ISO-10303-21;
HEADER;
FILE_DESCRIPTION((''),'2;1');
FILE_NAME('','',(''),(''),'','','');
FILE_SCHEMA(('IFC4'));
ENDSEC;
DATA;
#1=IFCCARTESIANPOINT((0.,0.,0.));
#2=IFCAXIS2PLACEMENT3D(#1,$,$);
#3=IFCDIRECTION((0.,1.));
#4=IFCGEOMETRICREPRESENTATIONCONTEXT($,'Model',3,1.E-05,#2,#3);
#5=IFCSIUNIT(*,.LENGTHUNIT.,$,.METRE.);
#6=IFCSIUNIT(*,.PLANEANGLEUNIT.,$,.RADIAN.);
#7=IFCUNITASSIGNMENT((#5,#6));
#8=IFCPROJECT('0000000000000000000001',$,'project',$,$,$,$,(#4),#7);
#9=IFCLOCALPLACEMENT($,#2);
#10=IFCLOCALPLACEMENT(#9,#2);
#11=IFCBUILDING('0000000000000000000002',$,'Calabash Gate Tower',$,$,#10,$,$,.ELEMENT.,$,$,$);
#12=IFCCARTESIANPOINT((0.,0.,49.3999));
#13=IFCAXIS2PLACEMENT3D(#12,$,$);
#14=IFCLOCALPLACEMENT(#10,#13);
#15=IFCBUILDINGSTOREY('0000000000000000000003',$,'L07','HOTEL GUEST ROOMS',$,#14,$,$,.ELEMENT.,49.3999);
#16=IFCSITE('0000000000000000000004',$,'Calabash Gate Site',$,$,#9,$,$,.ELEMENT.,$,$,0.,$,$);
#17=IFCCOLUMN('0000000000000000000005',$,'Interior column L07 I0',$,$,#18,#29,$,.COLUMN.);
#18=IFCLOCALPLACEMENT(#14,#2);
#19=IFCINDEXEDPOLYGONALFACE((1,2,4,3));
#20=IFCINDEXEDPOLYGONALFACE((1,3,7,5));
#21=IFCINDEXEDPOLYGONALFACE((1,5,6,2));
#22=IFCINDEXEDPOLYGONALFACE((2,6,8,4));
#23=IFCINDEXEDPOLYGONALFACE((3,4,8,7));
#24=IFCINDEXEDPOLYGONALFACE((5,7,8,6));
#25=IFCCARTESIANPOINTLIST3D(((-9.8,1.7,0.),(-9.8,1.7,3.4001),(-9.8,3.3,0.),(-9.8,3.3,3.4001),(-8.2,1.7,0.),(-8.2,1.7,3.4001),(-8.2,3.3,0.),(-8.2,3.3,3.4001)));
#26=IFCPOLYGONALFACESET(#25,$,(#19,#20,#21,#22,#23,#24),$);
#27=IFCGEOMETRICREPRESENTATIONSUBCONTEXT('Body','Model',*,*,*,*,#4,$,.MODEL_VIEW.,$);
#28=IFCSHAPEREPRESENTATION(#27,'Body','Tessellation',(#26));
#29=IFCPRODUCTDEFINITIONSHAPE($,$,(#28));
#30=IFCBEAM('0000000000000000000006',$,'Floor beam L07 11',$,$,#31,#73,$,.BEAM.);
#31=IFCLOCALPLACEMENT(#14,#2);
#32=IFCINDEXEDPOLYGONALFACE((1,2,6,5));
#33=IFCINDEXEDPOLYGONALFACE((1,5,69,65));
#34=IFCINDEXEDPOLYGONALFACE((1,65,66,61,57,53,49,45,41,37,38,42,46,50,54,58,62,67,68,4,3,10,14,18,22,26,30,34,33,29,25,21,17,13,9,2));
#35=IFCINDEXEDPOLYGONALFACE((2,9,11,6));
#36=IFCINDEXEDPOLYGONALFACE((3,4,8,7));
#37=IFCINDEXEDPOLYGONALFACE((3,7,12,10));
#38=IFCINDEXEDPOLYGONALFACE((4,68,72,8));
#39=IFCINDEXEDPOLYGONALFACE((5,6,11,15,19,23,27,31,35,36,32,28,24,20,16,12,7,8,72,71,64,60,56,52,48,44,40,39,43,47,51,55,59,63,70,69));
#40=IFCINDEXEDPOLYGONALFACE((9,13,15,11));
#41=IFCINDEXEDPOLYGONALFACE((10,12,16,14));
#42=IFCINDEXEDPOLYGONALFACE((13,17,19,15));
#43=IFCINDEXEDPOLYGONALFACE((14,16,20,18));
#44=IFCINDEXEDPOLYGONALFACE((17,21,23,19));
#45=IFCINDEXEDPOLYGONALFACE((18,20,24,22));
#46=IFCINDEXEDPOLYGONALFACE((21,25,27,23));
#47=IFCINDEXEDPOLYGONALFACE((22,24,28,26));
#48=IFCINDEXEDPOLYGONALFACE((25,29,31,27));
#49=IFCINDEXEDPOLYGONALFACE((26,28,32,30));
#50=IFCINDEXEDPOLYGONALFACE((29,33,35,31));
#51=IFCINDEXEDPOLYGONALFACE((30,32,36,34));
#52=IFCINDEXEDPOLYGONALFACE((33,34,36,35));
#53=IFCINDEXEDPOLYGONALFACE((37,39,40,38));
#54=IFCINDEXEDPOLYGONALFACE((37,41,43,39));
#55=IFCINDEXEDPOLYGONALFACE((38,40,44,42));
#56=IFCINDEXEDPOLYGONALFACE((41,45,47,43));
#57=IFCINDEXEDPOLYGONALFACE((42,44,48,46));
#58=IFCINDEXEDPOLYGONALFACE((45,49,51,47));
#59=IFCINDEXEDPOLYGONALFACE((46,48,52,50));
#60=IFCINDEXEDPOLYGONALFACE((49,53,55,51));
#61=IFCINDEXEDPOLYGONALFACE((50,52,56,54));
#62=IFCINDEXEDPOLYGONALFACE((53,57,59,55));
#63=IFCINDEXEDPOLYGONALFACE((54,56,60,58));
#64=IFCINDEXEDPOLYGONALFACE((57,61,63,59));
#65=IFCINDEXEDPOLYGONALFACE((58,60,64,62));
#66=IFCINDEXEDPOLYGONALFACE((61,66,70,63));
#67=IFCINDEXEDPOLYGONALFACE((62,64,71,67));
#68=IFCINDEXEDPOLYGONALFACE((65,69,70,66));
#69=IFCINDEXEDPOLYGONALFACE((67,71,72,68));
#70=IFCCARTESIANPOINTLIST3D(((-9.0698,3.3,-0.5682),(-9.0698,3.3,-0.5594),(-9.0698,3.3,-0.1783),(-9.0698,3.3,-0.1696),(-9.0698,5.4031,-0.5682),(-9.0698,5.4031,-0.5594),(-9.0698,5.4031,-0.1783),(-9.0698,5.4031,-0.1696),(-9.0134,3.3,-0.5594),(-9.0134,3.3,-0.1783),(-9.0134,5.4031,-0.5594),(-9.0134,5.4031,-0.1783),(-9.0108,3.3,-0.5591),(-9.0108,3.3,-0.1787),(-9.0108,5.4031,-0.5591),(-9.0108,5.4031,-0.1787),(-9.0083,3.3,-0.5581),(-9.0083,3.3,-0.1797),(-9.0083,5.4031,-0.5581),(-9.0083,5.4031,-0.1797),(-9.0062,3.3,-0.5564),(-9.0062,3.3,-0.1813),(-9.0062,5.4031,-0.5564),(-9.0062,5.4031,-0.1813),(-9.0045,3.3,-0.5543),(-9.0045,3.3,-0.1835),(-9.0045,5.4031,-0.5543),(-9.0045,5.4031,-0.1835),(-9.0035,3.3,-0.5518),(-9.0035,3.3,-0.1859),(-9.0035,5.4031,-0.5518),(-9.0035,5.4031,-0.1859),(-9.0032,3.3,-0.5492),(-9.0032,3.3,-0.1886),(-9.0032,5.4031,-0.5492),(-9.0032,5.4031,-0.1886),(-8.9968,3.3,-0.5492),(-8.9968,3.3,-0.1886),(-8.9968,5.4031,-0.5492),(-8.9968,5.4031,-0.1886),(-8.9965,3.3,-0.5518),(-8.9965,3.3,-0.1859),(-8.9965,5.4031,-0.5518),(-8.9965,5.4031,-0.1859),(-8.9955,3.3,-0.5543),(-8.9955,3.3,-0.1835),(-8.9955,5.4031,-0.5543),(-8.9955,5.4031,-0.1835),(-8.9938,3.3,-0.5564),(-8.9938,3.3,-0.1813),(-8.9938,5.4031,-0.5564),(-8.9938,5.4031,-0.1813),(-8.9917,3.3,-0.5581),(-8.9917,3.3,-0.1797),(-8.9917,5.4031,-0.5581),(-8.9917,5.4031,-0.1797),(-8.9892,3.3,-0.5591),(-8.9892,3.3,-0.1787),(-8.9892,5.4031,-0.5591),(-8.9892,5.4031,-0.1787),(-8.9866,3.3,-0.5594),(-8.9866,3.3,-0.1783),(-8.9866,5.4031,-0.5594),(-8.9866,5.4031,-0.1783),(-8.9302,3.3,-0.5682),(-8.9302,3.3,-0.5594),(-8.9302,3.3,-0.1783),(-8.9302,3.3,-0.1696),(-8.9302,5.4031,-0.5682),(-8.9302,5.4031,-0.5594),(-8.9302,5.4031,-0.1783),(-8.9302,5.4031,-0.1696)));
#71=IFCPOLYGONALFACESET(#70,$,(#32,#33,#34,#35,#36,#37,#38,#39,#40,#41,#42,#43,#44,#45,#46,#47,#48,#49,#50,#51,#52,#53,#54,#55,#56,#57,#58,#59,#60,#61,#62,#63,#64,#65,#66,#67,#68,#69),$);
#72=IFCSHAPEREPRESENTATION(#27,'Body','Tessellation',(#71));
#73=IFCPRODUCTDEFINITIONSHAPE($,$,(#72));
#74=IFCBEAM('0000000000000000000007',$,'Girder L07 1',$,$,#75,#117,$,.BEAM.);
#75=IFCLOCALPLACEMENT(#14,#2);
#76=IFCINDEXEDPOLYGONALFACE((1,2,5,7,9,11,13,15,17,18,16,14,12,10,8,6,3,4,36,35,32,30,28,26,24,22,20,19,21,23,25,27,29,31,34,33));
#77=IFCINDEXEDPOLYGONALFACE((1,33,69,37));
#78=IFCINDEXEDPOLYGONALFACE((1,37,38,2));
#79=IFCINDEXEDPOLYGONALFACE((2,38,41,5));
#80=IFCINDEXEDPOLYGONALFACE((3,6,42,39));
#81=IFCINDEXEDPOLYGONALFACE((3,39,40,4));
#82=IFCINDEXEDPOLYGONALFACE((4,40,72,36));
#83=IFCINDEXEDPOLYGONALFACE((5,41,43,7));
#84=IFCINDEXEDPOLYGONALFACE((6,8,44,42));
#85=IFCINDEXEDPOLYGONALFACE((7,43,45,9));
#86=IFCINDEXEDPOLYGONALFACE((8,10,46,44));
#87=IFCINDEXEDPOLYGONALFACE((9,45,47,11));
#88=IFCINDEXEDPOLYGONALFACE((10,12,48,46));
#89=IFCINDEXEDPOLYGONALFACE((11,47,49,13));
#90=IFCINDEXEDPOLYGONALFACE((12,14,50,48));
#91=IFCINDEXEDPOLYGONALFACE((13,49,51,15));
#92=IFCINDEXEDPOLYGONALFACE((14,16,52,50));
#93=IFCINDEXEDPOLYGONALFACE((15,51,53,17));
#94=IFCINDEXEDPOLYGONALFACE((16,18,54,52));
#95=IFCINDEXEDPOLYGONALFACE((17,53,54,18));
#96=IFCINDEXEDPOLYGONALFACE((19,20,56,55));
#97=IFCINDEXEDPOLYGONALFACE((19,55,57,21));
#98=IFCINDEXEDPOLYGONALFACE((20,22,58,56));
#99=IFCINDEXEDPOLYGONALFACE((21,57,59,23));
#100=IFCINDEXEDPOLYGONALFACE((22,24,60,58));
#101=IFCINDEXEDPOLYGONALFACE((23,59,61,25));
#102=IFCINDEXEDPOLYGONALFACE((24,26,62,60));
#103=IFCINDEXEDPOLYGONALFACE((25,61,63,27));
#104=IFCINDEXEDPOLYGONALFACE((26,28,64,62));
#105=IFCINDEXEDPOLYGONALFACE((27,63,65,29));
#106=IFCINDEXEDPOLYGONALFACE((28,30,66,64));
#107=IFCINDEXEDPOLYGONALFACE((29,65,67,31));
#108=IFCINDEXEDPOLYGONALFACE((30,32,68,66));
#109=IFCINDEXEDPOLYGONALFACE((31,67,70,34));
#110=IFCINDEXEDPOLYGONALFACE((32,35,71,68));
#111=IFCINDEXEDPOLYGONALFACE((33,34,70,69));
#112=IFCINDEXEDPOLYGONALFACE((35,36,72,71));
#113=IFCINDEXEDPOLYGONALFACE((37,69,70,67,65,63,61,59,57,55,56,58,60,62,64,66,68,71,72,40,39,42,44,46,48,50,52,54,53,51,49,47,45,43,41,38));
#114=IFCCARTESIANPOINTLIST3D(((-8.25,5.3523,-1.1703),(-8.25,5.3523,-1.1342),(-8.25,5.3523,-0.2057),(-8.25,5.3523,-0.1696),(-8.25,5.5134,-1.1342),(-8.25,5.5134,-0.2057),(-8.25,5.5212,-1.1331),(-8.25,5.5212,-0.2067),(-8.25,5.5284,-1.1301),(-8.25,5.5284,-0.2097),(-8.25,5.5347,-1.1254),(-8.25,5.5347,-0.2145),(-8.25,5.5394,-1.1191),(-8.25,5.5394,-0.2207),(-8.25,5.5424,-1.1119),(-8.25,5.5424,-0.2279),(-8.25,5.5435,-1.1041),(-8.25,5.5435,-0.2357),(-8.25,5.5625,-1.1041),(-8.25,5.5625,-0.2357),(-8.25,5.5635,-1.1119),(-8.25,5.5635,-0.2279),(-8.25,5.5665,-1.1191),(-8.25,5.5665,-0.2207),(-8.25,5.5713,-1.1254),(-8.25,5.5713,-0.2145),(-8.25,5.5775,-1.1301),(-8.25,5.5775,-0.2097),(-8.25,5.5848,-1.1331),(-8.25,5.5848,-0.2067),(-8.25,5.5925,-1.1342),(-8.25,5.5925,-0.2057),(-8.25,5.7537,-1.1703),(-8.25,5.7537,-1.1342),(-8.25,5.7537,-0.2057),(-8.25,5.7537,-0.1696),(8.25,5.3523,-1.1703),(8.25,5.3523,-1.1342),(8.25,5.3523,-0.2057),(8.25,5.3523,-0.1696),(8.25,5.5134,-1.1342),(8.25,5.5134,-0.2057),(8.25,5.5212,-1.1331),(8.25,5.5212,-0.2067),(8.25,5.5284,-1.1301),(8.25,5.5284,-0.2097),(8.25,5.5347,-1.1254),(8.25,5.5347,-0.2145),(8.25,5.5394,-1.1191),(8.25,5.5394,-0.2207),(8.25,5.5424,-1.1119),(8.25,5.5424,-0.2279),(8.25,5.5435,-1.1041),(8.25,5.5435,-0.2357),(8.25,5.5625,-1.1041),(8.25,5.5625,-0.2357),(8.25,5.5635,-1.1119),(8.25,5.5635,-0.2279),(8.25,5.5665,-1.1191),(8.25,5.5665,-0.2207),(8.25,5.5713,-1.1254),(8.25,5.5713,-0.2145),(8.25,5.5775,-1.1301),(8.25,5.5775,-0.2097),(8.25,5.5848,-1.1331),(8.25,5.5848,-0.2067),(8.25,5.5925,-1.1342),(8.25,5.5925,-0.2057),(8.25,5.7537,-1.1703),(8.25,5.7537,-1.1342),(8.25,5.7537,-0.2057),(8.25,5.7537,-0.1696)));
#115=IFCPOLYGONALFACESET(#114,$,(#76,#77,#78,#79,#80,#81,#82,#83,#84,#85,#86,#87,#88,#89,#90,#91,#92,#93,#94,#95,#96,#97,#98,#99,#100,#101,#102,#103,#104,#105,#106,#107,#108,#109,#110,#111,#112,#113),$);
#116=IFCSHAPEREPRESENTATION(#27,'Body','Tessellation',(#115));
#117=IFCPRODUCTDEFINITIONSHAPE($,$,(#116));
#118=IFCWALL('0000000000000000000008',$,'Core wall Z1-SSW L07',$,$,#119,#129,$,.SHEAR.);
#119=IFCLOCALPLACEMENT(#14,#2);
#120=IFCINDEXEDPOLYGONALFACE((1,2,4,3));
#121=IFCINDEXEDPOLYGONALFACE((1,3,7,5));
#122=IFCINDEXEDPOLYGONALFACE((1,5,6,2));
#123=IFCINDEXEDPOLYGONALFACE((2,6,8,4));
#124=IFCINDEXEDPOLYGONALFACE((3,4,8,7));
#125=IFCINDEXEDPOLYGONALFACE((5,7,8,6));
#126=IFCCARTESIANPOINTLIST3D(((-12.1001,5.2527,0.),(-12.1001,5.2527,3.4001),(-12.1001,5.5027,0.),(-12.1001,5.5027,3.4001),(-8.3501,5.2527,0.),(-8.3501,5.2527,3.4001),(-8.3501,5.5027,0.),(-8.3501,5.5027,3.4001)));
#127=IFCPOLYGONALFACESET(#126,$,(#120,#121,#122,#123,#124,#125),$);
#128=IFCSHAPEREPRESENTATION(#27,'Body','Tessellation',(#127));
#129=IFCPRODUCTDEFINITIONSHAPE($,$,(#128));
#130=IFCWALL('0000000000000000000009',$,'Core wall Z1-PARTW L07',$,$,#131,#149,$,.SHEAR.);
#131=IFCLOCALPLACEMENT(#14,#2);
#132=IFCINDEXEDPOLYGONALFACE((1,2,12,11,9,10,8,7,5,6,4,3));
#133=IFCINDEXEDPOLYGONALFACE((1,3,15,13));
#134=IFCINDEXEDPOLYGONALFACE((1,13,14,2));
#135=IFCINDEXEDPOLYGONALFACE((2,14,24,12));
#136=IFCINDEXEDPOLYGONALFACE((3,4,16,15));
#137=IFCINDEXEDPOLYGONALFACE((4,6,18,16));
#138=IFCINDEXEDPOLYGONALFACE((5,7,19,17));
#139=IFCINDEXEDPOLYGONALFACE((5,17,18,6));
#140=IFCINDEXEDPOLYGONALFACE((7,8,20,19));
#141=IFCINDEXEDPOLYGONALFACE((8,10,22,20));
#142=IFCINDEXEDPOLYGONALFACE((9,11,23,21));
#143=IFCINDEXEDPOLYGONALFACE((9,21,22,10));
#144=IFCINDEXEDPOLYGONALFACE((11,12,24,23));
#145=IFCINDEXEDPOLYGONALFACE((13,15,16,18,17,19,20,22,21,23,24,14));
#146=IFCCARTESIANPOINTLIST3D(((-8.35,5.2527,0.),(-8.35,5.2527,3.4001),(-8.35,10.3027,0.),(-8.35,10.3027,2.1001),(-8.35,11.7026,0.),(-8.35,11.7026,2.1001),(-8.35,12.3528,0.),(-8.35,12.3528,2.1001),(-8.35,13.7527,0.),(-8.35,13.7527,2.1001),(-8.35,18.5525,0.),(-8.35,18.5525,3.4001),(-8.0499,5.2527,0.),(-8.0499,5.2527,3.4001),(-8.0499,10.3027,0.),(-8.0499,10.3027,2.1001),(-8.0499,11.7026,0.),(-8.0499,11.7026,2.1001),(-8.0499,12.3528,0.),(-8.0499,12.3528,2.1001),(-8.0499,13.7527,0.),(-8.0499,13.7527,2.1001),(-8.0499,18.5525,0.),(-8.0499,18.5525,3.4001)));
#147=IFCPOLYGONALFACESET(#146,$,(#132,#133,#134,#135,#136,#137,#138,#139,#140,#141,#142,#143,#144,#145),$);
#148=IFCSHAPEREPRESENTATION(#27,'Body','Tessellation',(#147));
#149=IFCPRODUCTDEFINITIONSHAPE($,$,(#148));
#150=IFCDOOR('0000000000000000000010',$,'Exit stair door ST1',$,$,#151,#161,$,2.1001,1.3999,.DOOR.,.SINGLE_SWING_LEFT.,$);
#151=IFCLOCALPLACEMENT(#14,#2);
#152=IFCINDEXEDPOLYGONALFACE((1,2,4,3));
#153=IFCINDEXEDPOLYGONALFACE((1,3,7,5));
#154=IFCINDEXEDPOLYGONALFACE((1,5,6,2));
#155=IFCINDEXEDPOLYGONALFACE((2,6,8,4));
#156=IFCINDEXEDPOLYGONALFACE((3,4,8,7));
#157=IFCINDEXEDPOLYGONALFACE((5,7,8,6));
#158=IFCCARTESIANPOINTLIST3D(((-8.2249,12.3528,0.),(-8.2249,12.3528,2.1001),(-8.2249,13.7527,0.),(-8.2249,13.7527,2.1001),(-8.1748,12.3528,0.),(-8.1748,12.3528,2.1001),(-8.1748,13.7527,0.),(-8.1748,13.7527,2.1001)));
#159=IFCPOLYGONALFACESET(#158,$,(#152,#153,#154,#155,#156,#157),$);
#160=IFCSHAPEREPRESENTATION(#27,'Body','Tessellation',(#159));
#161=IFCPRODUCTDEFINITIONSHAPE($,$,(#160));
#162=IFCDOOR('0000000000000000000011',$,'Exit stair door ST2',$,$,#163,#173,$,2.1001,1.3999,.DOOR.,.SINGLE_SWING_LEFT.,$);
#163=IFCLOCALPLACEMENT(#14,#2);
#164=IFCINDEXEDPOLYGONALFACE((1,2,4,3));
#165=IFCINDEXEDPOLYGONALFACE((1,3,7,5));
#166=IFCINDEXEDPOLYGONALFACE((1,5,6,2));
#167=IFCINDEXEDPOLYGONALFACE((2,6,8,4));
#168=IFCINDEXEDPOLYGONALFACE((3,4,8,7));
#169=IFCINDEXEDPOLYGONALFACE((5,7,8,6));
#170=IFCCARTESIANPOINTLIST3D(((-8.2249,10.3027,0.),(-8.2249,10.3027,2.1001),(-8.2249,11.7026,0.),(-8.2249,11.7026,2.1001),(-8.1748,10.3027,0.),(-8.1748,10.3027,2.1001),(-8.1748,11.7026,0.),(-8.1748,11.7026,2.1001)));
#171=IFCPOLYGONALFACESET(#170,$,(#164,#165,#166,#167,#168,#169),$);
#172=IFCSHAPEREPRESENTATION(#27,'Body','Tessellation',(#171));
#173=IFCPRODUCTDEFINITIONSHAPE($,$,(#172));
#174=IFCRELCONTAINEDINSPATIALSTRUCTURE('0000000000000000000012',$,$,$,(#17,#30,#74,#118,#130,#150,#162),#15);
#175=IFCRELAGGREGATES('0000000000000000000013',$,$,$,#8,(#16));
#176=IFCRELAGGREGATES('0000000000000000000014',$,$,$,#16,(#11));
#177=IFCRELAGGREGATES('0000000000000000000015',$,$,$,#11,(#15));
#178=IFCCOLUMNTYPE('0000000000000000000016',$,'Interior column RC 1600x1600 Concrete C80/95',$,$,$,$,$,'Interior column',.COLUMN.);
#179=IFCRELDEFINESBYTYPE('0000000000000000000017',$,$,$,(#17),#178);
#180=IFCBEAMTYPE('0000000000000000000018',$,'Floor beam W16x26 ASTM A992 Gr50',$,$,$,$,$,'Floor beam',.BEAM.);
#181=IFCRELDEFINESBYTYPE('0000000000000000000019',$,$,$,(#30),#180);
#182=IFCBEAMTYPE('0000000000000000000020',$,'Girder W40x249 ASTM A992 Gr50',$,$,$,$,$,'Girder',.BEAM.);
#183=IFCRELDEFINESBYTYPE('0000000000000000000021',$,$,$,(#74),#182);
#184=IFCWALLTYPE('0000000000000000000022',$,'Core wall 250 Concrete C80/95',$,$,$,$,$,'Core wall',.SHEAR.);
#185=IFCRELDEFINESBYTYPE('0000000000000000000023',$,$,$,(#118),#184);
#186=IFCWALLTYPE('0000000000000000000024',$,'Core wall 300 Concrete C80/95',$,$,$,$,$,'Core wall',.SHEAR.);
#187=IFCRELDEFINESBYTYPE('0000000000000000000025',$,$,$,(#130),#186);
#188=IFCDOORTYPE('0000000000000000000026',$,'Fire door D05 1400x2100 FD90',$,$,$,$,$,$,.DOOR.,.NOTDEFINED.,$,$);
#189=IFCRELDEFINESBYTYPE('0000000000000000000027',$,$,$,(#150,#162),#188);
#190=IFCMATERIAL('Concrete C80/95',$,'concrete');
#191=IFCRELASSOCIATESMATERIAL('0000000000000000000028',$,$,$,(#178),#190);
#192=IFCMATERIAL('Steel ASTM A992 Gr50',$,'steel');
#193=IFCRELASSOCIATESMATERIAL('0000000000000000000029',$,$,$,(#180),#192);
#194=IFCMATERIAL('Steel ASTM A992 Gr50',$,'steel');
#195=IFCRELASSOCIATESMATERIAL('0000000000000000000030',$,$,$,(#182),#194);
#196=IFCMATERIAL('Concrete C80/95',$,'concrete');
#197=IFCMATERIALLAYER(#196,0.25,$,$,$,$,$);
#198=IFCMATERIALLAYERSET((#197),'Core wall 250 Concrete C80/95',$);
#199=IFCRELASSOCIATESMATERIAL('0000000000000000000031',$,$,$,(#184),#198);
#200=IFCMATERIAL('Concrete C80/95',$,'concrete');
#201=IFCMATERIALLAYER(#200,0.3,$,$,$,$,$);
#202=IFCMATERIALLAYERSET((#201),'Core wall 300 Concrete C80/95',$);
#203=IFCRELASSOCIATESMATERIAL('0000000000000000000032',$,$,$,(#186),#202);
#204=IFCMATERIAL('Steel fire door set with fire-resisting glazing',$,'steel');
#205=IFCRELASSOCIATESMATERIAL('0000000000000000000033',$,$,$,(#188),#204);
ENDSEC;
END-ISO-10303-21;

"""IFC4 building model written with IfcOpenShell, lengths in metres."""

from ifc_helpers import new_model, si_unit, direction, frame, frame_2d, origin, origin_2d, place, context, subcontext, project, spatial, rectangle, i_section, extrude, material, layer, layer_set, material_profile, profile_set, type_object, element, fill, save


model = new_model("IFC4")

# Units and contexts
model_context = context("Model", 3, precision=1e-05, world=origin(), true_north=direction((0.0, 1.0)))
body_context = subcontext(model_context, "Body", "Model", "MODEL_VIEW")
ifc_project = project(units=[si_unit("LENGTHUNIT", "METRE"), si_unit("PLANEANGLEUNIT", "RADIAN")], contexts=[model_context])

# Site, building, storey
site_placement = place(None, origin())
site = spatial("IfcSite", under=ifc_project, at=site_placement, Name="Calabash Gate Site", CompositionType="ELEMENT", RefElevation=0.0)
building_placement = place(site_placement, origin())
building = spatial("IfcBuilding", under=site, at=building_placement, Name="Calabash Gate Tower", CompositionType="ELEMENT")
storey_placement = place(building_placement, frame((0.0, 0.0, 49.3999)))
storey = spatial("IfcBuildingStorey", under=building, at=storey_placement, Name="L07", Description="HOTEL GUEST ROOMS", CompositionType="ELEMENT", Elevation=49.3999)

# Column
ifc_material_1 = material(Name="Concrete C80/95", Category="concrete")
ifc_material_profile_1 = material_profile(ifc_material_1, rectangle(XDim=1.6001, YDim=1.6001, at=origin_2d()))
ifc_profile_set_1 = profile_set([ifc_material_profile_1], Name="Concrete C80/95")
column_type = type_object("IfcColumnType", Name="Interior column RC 1600x1600 Concrete C80/95", ElementType="Interior column", PredefinedType="COLUMN", material=ifc_profile_set_1)
column_placement = place(storey_placement, frame((-9.0, 2.5, 0.0), z_axis=(0.0, 0.0, 1.0), x_axis=(1.0, 0.0, 0.0)))
element("IfcColumn", 1, at=column_placement, inside=storey, type_object=column_type, Name="Interior column L07 I0", PredefinedType="COLUMN", context=body_context, shape_type="SweptSolid", body=[
    extrude(rectangle(XDim=1.6001, YDim=1.6001, at=origin_2d()), origin(), (0.0, 0.0, 1.0), 3.4001),
])

# Beams
ifc_material_2 = material(Name="Steel ASTM A992 Gr50", Category="steel")
ifc_material_profile_2 = material_profile(ifc_material_2, i_section(OverallWidth=0.1396, OverallDepth=0.3987, WebThickness=0.0063, FlangeThickness=0.0088, FilletRadius=0.0103, at=origin_2d()))
ifc_profile_set_2 = profile_set([ifc_material_profile_2], Name="Steel ASTM A992 Gr50")
beam_type_1 = type_object("IfcBeamType", Name="Floor beam W16x26 ASTM A992 Gr50", ElementType="Floor beam", PredefinedType="BEAM", material=ifc_profile_set_2)
beam_1_placement = place(storey_placement, frame((-9.0, 3.3, -0.3689), z_axis=(0.0, 1.0, 0.0), x_axis=(-1.0, 0.0, 0.0)))
element("IfcBeam", 2, at=beam_1_placement, inside=storey, type_object=beam_type_1, Name="Floor beam L07 11", PredefinedType="BEAM", context=body_context, shape_type="SweptSolid", body=[
    extrude(i_section(OverallWidth=0.1396, OverallDepth=0.3987, WebThickness=0.0063, FlangeThickness=0.0088, FilletRadius=0.0103, at=origin_2d()), origin(), (0.0, 0.0, 1.0), 2.103),
])
ifc_material_3 = material(Name="Steel ASTM A992 Gr50", Category="steel")
ifc_material_profile_3 = material_profile(ifc_material_3, i_section(OverallWidth=0.4014, OverallDepth=1.0007, WebThickness=0.019, FlangeThickness=0.0361, FilletRadius=0.03, at=origin_2d()))
ifc_profile_set_3 = profile_set([ifc_material_profile_3], Name="Steel ASTM A992 Gr50")
beam_type_2 = type_object("IfcBeamType", Name="Girder W40x249 ASTM A992 Gr50", ElementType="Girder", PredefinedType="BEAM", material=ifc_profile_set_3)
beam_2_placement = place(storey_placement, frame((-8.25, 5.553, -0.6699), z_axis=(1.0, 0.0, 0.0), x_axis=(0.0, 1.0, 0.0)))
element("IfcBeam", 3, at=beam_2_placement, inside=storey, type_object=beam_type_2, Name="Girder L07 1", PredefinedType="BEAM", context=body_context, shape_type="SweptSolid", body=[
    extrude(i_section(OverallWidth=0.4014, OverallDepth=1.0007, WebThickness=0.019, FlangeThickness=0.0361, FilletRadius=0.03, at=origin_2d()), origin(), (0.0, 0.0, 1.0), 16.5),
])

# Wall
ifc_material_4 = material(Name="Concrete C80/95", Category="concrete")
ifc_layer_1 = layer(ifc_material_4, 0.25)
ifc_layer_set_1 = layer_set([ifc_layer_1], Name="Core wall 250 Concrete C80/95")
wall_type_1 = type_object("IfcWallType", Name="Core wall 250 Concrete C80/95", ElementType="Core wall", PredefinedType="SHEAR", material=ifc_layer_set_1)
wall_1_placement = place(storey_placement, frame((-12.1001, 5.3777, 0.0), z_axis=(0.0, 0.0, 1.0), x_axis=(1.0, 0.0, 0.0)))
element("IfcWall", 4, at=wall_1_placement, inside=storey, type_object=wall_type_1, Name="Core wall Z1-SSW L07", PredefinedType="SHEAR", context=body_context, shape_type="SweptSolid", body=[
    extrude(rectangle(XDim=3.75, YDim=0.25, at=frame_2d((1.875, 0.0))), origin(), (0.0, 0.0, 1.0), 3.4001),
])

# Wall, openings, doors
ifc_material_5 = material(Name="Concrete C80/95", Category="concrete")
ifc_layer_2 = layer(ifc_material_5, 0.3)
ifc_layer_set_2 = layer_set([ifc_layer_2], Name="Core wall 300 Concrete C80/95")
wall_type_2 = type_object("IfcWallType", Name="Core wall 300 Concrete C80/95", ElementType="Core wall", PredefinedType="SHEAR", material=ifc_layer_set_2)
wall_2_placement = place(storey_placement, frame((-8.2, 5.2527, 0.0), z_axis=(0.0, 0.0, 1.0), x_axis=(0.0, 1.0, 0.0)))
wall_2 = element("IfcWall", 5, at=wall_2_placement, inside=storey, type_object=wall_type_2, Name="Core wall Z1-PARTW L07", PredefinedType="SHEAR", context=body_context, shape_type="SweptSolid", body=[
    extrude(rectangle(XDim=13.2998, YDim=0.3, at=frame_2d((6.6499, 0.0))), origin(), (0.0, 0.0, 1.0), 3.4001),
])
opening_1_placement = place(wall_2_placement, frame((7.1001, 0.0, 0.0)))
opening_1 = element("IfcOpeningElement", 6, at=opening_1_placement, cuts=wall_2, PredefinedType="OPENING", context=body_context, shape_type="SweptSolid", body=[
    extrude(rectangle(XDim=1.3999, YDim=2.1001, at=frame_2d((0.7, 1.05))), frame((0.0, 0.1599, 0.0), z_axis=(0.0, -1.0, 0.0), x_axis=(1.0, 0.0, 0.0)), (0.0, 0.0, 1.0), 0.3201),
])
opening_2_placement = place(wall_2_placement, frame((5.05, 0.0, 0.0)))
opening_2 = element("IfcOpeningElement", 7, at=opening_2_placement, cuts=wall_2, PredefinedType="OPENING", context=body_context, shape_type="SweptSolid", body=[
    extrude(rectangle(XDim=1.3999, YDim=2.1001, at=frame_2d((0.7, 1.05))), frame((0.0, 0.1599, 0.0), z_axis=(0.0, -1.0, 0.0), x_axis=(1.0, 0.0, 0.0)), (0.0, 0.0, 1.0), 0.3201),
])
ifc_material_6 = material(Name="Steel fire door set with fire-resisting glazing", Category="steel")
door_type_1 = type_object("IfcDoorType", Name="Fire door D05 1400x2100 FD90", OperationType="NOTDEFINED", PredefinedType="DOOR", material=ifc_material_6)
door_1_placement = place(opening_1_placement, origin())
door_1 = element("IfcDoor", 8, at=door_1_placement, inside=storey, type_object=door_type_1, Name="Exit stair door ST1", OperationType="SINGLE_SWING_LEFT", OverallHeight=2.1001, OverallWidth=1.3999, PredefinedType="DOOR", context=body_context, shape_type="SweptSolid", body=[
    extrude(rectangle(XDim=1.3999, YDim=2.1001, at=frame_2d((0.7, 1.05))), frame((0.0, 0.0249, 0.0), z_axis=(0.0, -1.0, 0.0), x_axis=(1.0, 0.0, 0.0)), (0.0, 0.0, 1.0), 0.05),
])
fill(opening_1, door_1)
door_2_placement = place(opening_2_placement, origin())
door_2 = element("IfcDoor", 9, at=door_2_placement, inside=storey, type_object=door_type_1, Name="Exit stair door ST2", OperationType="SINGLE_SWING_LEFT", OverallHeight=2.1001, OverallWidth=1.3999, PredefinedType="DOOR", context=body_context, shape_type="SweptSolid", body=[
    extrude(rectangle(XDim=1.3999, YDim=2.1001, at=frame_2d((0.7, 1.05))), frame((0.0, 0.0249, 0.0), z_axis=(0.0, -1.0, 0.0), x_axis=(1.0, 0.0, 0.0)), (0.0, 0.0, 1.0), 0.05),
])
fill(opening_2, door_2)

save(model, "model.ifc")
